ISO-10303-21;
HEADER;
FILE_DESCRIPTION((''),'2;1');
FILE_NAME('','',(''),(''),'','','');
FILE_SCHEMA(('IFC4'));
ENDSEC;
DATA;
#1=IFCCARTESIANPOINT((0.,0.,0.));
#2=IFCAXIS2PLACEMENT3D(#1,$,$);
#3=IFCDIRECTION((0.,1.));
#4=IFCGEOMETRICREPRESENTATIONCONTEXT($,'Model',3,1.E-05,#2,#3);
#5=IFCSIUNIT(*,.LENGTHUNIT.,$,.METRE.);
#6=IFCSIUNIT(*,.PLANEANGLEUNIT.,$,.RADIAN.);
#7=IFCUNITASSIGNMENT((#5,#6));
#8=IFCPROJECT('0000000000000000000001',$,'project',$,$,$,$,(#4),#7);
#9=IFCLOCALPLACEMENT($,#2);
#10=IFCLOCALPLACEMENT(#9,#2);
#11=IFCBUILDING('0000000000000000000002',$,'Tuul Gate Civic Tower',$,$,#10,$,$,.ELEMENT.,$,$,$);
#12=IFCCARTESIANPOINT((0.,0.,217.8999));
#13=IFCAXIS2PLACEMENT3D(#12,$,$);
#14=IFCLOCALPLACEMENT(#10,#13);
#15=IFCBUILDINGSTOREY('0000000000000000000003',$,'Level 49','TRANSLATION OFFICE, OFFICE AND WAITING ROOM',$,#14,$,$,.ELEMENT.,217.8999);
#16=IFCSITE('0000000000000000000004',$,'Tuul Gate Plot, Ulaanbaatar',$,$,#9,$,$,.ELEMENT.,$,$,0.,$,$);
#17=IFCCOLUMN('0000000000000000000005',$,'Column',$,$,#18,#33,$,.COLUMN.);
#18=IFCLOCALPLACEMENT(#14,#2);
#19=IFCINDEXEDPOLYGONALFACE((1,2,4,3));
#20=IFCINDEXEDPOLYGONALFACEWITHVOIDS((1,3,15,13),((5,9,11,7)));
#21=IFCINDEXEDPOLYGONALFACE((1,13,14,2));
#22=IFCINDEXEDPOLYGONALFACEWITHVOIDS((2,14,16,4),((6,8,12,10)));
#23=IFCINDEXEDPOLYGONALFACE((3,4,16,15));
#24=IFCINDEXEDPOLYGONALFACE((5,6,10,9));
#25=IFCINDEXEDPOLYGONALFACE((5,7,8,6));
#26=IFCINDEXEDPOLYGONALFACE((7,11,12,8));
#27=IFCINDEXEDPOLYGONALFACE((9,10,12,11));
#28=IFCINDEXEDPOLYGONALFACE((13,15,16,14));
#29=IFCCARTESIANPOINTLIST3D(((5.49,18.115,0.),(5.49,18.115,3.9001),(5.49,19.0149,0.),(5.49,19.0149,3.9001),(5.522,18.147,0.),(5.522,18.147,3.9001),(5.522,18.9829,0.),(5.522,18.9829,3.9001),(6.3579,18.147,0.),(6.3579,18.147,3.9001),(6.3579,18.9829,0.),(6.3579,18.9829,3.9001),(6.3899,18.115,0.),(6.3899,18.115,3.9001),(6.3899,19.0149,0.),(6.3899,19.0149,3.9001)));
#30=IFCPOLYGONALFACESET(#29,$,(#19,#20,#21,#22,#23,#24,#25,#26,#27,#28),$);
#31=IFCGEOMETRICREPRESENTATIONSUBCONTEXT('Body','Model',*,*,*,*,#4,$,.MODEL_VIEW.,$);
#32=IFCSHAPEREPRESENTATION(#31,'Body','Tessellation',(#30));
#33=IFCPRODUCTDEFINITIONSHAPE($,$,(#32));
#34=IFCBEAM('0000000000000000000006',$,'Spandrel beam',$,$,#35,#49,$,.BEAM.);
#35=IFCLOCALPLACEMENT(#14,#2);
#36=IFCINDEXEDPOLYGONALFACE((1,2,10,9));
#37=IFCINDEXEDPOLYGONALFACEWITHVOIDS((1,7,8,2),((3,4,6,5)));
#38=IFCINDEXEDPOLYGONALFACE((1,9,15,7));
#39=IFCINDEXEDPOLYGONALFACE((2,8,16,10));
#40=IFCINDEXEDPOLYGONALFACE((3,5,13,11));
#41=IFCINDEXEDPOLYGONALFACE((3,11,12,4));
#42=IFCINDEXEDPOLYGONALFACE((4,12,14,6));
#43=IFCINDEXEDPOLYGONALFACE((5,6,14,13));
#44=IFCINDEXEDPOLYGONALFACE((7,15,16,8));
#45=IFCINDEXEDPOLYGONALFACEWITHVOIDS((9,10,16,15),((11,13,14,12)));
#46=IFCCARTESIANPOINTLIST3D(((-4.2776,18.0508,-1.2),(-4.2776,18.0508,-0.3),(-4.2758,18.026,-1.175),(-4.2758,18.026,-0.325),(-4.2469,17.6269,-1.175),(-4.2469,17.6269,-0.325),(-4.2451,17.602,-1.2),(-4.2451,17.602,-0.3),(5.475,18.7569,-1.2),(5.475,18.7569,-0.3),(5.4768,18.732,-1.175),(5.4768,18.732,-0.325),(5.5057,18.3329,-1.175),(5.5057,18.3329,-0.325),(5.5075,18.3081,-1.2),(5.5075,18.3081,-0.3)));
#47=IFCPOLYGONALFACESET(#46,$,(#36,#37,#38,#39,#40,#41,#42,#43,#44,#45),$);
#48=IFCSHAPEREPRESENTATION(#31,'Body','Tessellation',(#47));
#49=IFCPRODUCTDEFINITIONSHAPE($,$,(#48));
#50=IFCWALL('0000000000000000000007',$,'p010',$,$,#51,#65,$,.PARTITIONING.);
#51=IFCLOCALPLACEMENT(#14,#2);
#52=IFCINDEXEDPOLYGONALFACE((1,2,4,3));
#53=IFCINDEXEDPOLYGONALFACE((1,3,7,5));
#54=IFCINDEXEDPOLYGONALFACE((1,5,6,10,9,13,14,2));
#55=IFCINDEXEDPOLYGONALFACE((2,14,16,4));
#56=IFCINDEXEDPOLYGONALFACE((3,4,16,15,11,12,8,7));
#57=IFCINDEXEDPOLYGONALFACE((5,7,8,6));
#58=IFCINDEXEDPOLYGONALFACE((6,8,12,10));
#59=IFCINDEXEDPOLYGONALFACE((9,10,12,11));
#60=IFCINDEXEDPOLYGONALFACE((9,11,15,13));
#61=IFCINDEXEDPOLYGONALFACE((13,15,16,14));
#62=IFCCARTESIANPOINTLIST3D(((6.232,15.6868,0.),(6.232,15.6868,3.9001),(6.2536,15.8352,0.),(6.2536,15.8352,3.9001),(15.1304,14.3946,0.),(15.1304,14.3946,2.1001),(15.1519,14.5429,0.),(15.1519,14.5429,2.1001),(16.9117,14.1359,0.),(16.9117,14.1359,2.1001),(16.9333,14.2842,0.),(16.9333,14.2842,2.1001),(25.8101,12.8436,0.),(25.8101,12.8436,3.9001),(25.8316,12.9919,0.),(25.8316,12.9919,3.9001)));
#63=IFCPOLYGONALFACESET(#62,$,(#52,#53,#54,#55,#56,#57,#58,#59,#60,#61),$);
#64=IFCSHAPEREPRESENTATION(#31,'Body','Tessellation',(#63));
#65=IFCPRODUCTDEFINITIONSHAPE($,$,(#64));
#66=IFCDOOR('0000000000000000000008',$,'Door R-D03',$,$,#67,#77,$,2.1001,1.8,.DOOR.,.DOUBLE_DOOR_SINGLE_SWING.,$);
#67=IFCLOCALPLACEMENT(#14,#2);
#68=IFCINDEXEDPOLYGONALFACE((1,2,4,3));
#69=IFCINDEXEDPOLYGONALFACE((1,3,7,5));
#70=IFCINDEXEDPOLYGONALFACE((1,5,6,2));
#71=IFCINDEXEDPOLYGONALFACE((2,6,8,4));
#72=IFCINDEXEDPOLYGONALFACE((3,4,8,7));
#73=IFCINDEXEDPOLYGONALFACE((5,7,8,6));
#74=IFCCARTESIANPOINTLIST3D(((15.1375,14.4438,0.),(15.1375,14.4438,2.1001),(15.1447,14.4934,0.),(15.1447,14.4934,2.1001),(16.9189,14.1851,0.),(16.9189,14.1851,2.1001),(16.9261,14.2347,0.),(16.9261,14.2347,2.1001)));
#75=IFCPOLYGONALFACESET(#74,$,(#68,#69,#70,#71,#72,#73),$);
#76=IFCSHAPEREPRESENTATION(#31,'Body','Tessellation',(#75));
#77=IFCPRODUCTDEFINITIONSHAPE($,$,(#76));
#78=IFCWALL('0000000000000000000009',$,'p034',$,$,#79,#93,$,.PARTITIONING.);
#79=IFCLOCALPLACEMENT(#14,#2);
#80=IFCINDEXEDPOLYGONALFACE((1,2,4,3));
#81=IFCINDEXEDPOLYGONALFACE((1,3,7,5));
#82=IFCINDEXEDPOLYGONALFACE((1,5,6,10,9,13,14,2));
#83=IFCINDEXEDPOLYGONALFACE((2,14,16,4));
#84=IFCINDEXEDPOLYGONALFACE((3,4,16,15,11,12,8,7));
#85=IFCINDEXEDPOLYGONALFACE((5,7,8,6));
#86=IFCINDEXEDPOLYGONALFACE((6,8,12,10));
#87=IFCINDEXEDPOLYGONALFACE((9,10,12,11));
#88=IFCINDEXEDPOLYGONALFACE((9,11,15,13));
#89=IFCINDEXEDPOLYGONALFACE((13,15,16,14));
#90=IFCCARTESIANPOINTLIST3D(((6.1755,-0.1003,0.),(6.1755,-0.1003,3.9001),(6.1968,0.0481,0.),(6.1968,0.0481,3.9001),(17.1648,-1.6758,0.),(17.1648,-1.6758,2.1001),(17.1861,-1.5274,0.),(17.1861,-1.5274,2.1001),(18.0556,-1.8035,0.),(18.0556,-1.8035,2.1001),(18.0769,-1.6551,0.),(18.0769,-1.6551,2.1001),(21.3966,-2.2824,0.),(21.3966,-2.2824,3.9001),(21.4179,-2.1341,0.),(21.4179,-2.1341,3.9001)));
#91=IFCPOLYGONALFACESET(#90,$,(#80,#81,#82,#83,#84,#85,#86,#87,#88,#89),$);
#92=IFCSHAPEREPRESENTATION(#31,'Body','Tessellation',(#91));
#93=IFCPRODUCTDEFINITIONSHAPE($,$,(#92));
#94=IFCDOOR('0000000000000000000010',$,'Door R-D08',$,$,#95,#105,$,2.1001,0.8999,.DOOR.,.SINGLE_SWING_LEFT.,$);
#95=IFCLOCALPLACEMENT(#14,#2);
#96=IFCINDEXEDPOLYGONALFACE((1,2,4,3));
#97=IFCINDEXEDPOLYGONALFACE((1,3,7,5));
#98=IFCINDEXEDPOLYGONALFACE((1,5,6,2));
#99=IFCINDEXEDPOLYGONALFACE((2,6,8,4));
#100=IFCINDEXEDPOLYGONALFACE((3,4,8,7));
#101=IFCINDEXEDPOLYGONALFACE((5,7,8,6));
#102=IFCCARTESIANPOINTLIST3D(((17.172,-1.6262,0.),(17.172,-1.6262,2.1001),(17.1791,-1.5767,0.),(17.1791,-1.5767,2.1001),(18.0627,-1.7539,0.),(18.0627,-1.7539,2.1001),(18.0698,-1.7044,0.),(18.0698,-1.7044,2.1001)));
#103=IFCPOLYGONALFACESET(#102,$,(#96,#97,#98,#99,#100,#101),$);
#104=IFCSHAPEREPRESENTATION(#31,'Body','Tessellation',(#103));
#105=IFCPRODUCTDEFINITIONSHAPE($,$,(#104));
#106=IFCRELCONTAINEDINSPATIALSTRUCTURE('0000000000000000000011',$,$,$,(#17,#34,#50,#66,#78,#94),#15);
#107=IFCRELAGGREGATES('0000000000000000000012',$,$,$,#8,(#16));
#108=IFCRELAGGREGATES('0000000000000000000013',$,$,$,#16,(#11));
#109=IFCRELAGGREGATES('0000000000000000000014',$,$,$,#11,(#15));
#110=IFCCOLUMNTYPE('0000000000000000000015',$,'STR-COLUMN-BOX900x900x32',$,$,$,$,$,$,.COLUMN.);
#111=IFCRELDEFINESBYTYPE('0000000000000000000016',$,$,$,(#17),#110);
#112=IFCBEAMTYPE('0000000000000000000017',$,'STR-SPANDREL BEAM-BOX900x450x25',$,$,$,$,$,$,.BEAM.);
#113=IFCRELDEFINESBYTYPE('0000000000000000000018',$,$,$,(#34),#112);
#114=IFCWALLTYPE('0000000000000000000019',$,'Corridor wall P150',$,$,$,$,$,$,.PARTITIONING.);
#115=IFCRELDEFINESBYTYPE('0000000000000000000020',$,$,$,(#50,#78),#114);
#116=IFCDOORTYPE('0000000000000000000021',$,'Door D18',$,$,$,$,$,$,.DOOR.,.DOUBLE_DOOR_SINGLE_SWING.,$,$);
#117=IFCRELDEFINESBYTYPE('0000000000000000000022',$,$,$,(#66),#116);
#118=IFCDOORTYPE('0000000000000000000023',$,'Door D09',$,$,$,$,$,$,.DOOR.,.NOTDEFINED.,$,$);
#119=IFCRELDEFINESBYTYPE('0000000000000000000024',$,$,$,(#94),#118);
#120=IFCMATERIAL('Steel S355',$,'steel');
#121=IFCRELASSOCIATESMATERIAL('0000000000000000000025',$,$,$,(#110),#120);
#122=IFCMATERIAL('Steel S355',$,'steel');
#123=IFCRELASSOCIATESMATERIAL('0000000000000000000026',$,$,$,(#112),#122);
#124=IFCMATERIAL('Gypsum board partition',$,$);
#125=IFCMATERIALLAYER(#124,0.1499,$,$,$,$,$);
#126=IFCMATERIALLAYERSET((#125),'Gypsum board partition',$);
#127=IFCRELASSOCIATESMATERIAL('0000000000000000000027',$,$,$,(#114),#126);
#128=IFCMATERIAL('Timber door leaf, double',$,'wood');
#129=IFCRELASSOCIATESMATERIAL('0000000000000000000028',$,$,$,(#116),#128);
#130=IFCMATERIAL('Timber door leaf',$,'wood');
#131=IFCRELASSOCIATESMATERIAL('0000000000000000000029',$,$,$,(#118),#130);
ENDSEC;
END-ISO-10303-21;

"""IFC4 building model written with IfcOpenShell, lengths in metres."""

from ifc_helpers import new_model, si_unit, direction, frame, frame_2d, origin, origin_2d, place, context, subcontext, project, spatial, rectangle, hollow_rectangle, extrude, material, layer, layer_set, material_profile, profile_set, type_object, element, fill, save


model = new_model("IFC4")

# Units and contexts
model_context = context("Model", 3, precision=1e-05, world=origin(), true_north=direction((0.0, 1.0)))
body_context = subcontext(model_context, "Body", "Model", "MODEL_VIEW")
ifc_project = project(units=[si_unit("LENGTHUNIT", "METRE"), si_unit("PLANEANGLEUNIT", "RADIAN")], contexts=[model_context])

# Site, building, storey
site_placement = place(None, origin())
site = spatial("IfcSite", under=ifc_project, at=site_placement, Name="Tuul Gate Plot, Ulaanbaatar", CompositionType="ELEMENT", RefElevation=0.0)
building_placement = place(site_placement, origin())
building = spatial("IfcBuilding", under=site, at=building_placement, Name="Tuul Gate Civic Tower", CompositionType="ELEMENT")
storey_placement = place(building_placement, frame((0.0, 0.0, 217.8999)))
storey = spatial("IfcBuildingStorey", under=building, at=storey_placement, Name="Level 49", Description="TRANSLATION OFFICE, OFFICE AND WAITING ROOM", CompositionType="ELEMENT", Elevation=217.8999)

# Column
ifc_material_1 = material(Name="Steel S355", Category="steel")
ifc_material_profile_1 = material_profile(ifc_material_1, hollow_rectangle(XDim=0.8999, YDim=0.8999, WallThickness=0.032, at=origin_2d()), Name="BOX900x900x32")
ifc_profile_set_1 = profile_set([ifc_material_profile_1], Name="Steel S355")
column_type = type_object("IfcColumnType", Name="STR-COLUMN-BOX900x900x32", PredefinedType="COLUMN", material=ifc_profile_set_1)
column_placement = place(storey_placement, frame((5.9399, 18.5649, 0.0), z_axis=(0.0, 0.0, 1.0), x_axis=(1.0, 0.0, 0.0)))
element("IfcColumn", 1, at=column_placement, inside=storey, type_object=column_type, Name="Column", PredefinedType="COLUMN", context=body_context, shape_type="SweptSolid", body=[
    extrude(hollow_rectangle(XDim=0.8999, YDim=0.8999, WallThickness=0.032, at=origin_2d()), origin(), (0.0, 0.0, 1.0), 3.9001),
])

# Beam
ifc_material_2 = material(Name="Steel S355", Category="steel")
ifc_material_profile_2 = material_profile(ifc_material_2, hollow_rectangle(XDim=0.45, YDim=0.8999, WallThickness=0.0249, at=origin_2d()), Name="BOX900x450x25")
ifc_profile_set_2 = profile_set([ifc_material_profile_2], Name="Steel S355")
beam_type = type_object("IfcBeamType", Name="STR-SPANDREL BEAM-BOX900x450x25", PredefinedType="BEAM", material=ifc_profile_set_2)
beam_placement = place(storey_placement, frame((5.4912, 18.5325, -0.75), z_axis=(-0.99739, -0.072209, 0.0), x_axis=(0.072209, -0.99739, 0.0)))
element("IfcBeam", 2, at=beam_placement, inside=storey, type_object=beam_type, Name="Spandrel beam", PredefinedType="BEAM", context=body_context, shape_type="SweptSolid", body=[
    extrude(hollow_rectangle(XDim=0.45, YDim=0.8999, WallThickness=0.0249, at=origin_2d()), origin(), (0.0, 0.0, 1.0), 9.7781),
])

# Walls, openings, doors
ifc_material_3 = material(Name="Gypsum board partition")
ifc_layer_1 = layer(ifc_material_3, 0.1499)
ifc_layer_set_1 = layer_set([ifc_layer_1], Name="Gypsum board partition")
wall_type_1 = type_object("IfcWallType", Name="Corridor wall P150", PredefinedType="PARTITIONING", material=ifc_layer_set_1)
wall_1_placement = place(storey_placement, frame((6.2429, 15.761, 0.0), z_axis=(0.0, 0.0, 1.0), x_axis=(0.989619, -0.143719, 0.0)))
wall_1 = element("IfcWall", 3, at=wall_1_placement, inside=storey, type_object=wall_type_1, Name="p010", PredefinedType="PARTITIONING", context=body_context, shape_type="SweptSolid", body=[
    extrude(rectangle(XDim=19.7834, YDim=0.1499, at=frame_2d((9.8916, 0.0))), origin(), (0.0, 0.0, 1.0), 3.9001),
])
opening_1_placement = place(wall_1_placement, frame((8.9917, 0.0, 0.0)))
opening_1 = element("IfcOpeningElement", 4, at=opening_1_placement, cuts=wall_1, PredefinedType="OPENING", context=body_context, shape_type="SweptSolid", body=[
    extrude(rectangle(XDim=1.8, YDim=2.1001, at=frame_2d((0.8999, 1.05))), frame((0.0, 0.085, 0.0), z_axis=(0.0, -1.0, 0.0), x_axis=(1.0, 0.0, 0.0)), (0.0, 0.0, 1.0), 0.1699),
])
ifc_material_4 = material(Name="Timber door leaf, double", Category="wood")
door_type_1 = type_object("IfcDoorType", Name="Door D18", OperationType="DOUBLE_DOOR_SINGLE_SWING", PredefinedType="DOOR", material=ifc_material_4)
door_1_placement = place(opening_1_placement, origin())
door_1 = element("IfcDoor", 5, at=door_1_placement, inside=storey, type_object=door_type_1, Name="Door R-D03", OperationType="DOUBLE_DOOR_SINGLE_SWING", OverallHeight=2.1001, OverallWidth=1.8, PredefinedType="DOOR", context=body_context, shape_type="SweptSolid", body=[
    extrude(rectangle(XDim=1.8, YDim=2.1001, at=frame_2d((0.8999, 1.05))), frame((0.0, 0.0249, 0.0), z_axis=(0.0, -1.0, 0.0), x_axis=(1.0, 0.0, 0.0)), (0.0, 0.0, 1.0), 0.05),
])
fill(opening_1, door_1)
wall_2_placement = place(storey_placement, frame((6.186, -0.0261, 0.0), z_axis=(0.0, 0.0, 1.0), x_axis=(0.98988, -0.14191, 0.0)))
wall_2 = element("IfcWall", 6, at=wall_2_placement, inside=storey, type_object=wall_type_1, Name="p034", PredefinedType="PARTITIONING", context=body_context, shape_type="SweptSolid", body=[
    extrude(rectangle(XDim=15.3767, YDim=0.1499, at=frame_2d((7.6885, 0.0))), origin(), (0.0, 0.0, 1.0), 3.9001),
])
opening_2_placement = place(wall_2_placement, frame((11.1018, 0.0, 0.0)))
opening_2 = element("IfcOpeningElement", 7, at=opening_2_placement, cuts=wall_2, PredefinedType="OPENING", context=body_context, shape_type="SweptSolid", body=[
    extrude(rectangle(XDim=0.8999, YDim=2.1001, at=frame_2d((0.45, 1.05))), frame((0.0, 0.085, 0.0), z_axis=(0.0, -1.0, 0.0), x_axis=(1.0, 0.0, 0.0)), (0.0, 0.0, 1.0), 0.1699),
])
ifc_material_5 = material(Name="Timber door leaf", Category="wood")
door_type_2 = type_object("IfcDoorType", Name="Door D09", OperationType="NOTDEFINED", PredefinedType="DOOR", material=ifc_material_5)
door_2_placement = place(opening_2_placement, frame((0.8999, 0.0, 0.0), z_axis=(0.0, 0.0, 1.0), x_axis=(-1.0, 0.0, 0.0)))
door_2 = element("IfcDoor", 8, at=door_2_placement, inside=storey, type_object=door_type_2, Name="Door R-D08", OperationType="SINGLE_SWING_LEFT", OverallHeight=2.1001, OverallWidth=0.8999, PredefinedType="DOOR", context=body_context, shape_type="SweptSolid", body=[
    extrude(rectangle(XDim=0.8999, YDim=2.1001, at=frame_2d((0.45, 1.05))), frame((0.0, 0.0249, 0.0), z_axis=(0.0, -1.0, 0.0), x_axis=(1.0, 0.0, 0.0)), (0.0, 0.0, 1.0), 0.05),
])
fill(opening_2, door_2)

save(model, "model.ifc")
